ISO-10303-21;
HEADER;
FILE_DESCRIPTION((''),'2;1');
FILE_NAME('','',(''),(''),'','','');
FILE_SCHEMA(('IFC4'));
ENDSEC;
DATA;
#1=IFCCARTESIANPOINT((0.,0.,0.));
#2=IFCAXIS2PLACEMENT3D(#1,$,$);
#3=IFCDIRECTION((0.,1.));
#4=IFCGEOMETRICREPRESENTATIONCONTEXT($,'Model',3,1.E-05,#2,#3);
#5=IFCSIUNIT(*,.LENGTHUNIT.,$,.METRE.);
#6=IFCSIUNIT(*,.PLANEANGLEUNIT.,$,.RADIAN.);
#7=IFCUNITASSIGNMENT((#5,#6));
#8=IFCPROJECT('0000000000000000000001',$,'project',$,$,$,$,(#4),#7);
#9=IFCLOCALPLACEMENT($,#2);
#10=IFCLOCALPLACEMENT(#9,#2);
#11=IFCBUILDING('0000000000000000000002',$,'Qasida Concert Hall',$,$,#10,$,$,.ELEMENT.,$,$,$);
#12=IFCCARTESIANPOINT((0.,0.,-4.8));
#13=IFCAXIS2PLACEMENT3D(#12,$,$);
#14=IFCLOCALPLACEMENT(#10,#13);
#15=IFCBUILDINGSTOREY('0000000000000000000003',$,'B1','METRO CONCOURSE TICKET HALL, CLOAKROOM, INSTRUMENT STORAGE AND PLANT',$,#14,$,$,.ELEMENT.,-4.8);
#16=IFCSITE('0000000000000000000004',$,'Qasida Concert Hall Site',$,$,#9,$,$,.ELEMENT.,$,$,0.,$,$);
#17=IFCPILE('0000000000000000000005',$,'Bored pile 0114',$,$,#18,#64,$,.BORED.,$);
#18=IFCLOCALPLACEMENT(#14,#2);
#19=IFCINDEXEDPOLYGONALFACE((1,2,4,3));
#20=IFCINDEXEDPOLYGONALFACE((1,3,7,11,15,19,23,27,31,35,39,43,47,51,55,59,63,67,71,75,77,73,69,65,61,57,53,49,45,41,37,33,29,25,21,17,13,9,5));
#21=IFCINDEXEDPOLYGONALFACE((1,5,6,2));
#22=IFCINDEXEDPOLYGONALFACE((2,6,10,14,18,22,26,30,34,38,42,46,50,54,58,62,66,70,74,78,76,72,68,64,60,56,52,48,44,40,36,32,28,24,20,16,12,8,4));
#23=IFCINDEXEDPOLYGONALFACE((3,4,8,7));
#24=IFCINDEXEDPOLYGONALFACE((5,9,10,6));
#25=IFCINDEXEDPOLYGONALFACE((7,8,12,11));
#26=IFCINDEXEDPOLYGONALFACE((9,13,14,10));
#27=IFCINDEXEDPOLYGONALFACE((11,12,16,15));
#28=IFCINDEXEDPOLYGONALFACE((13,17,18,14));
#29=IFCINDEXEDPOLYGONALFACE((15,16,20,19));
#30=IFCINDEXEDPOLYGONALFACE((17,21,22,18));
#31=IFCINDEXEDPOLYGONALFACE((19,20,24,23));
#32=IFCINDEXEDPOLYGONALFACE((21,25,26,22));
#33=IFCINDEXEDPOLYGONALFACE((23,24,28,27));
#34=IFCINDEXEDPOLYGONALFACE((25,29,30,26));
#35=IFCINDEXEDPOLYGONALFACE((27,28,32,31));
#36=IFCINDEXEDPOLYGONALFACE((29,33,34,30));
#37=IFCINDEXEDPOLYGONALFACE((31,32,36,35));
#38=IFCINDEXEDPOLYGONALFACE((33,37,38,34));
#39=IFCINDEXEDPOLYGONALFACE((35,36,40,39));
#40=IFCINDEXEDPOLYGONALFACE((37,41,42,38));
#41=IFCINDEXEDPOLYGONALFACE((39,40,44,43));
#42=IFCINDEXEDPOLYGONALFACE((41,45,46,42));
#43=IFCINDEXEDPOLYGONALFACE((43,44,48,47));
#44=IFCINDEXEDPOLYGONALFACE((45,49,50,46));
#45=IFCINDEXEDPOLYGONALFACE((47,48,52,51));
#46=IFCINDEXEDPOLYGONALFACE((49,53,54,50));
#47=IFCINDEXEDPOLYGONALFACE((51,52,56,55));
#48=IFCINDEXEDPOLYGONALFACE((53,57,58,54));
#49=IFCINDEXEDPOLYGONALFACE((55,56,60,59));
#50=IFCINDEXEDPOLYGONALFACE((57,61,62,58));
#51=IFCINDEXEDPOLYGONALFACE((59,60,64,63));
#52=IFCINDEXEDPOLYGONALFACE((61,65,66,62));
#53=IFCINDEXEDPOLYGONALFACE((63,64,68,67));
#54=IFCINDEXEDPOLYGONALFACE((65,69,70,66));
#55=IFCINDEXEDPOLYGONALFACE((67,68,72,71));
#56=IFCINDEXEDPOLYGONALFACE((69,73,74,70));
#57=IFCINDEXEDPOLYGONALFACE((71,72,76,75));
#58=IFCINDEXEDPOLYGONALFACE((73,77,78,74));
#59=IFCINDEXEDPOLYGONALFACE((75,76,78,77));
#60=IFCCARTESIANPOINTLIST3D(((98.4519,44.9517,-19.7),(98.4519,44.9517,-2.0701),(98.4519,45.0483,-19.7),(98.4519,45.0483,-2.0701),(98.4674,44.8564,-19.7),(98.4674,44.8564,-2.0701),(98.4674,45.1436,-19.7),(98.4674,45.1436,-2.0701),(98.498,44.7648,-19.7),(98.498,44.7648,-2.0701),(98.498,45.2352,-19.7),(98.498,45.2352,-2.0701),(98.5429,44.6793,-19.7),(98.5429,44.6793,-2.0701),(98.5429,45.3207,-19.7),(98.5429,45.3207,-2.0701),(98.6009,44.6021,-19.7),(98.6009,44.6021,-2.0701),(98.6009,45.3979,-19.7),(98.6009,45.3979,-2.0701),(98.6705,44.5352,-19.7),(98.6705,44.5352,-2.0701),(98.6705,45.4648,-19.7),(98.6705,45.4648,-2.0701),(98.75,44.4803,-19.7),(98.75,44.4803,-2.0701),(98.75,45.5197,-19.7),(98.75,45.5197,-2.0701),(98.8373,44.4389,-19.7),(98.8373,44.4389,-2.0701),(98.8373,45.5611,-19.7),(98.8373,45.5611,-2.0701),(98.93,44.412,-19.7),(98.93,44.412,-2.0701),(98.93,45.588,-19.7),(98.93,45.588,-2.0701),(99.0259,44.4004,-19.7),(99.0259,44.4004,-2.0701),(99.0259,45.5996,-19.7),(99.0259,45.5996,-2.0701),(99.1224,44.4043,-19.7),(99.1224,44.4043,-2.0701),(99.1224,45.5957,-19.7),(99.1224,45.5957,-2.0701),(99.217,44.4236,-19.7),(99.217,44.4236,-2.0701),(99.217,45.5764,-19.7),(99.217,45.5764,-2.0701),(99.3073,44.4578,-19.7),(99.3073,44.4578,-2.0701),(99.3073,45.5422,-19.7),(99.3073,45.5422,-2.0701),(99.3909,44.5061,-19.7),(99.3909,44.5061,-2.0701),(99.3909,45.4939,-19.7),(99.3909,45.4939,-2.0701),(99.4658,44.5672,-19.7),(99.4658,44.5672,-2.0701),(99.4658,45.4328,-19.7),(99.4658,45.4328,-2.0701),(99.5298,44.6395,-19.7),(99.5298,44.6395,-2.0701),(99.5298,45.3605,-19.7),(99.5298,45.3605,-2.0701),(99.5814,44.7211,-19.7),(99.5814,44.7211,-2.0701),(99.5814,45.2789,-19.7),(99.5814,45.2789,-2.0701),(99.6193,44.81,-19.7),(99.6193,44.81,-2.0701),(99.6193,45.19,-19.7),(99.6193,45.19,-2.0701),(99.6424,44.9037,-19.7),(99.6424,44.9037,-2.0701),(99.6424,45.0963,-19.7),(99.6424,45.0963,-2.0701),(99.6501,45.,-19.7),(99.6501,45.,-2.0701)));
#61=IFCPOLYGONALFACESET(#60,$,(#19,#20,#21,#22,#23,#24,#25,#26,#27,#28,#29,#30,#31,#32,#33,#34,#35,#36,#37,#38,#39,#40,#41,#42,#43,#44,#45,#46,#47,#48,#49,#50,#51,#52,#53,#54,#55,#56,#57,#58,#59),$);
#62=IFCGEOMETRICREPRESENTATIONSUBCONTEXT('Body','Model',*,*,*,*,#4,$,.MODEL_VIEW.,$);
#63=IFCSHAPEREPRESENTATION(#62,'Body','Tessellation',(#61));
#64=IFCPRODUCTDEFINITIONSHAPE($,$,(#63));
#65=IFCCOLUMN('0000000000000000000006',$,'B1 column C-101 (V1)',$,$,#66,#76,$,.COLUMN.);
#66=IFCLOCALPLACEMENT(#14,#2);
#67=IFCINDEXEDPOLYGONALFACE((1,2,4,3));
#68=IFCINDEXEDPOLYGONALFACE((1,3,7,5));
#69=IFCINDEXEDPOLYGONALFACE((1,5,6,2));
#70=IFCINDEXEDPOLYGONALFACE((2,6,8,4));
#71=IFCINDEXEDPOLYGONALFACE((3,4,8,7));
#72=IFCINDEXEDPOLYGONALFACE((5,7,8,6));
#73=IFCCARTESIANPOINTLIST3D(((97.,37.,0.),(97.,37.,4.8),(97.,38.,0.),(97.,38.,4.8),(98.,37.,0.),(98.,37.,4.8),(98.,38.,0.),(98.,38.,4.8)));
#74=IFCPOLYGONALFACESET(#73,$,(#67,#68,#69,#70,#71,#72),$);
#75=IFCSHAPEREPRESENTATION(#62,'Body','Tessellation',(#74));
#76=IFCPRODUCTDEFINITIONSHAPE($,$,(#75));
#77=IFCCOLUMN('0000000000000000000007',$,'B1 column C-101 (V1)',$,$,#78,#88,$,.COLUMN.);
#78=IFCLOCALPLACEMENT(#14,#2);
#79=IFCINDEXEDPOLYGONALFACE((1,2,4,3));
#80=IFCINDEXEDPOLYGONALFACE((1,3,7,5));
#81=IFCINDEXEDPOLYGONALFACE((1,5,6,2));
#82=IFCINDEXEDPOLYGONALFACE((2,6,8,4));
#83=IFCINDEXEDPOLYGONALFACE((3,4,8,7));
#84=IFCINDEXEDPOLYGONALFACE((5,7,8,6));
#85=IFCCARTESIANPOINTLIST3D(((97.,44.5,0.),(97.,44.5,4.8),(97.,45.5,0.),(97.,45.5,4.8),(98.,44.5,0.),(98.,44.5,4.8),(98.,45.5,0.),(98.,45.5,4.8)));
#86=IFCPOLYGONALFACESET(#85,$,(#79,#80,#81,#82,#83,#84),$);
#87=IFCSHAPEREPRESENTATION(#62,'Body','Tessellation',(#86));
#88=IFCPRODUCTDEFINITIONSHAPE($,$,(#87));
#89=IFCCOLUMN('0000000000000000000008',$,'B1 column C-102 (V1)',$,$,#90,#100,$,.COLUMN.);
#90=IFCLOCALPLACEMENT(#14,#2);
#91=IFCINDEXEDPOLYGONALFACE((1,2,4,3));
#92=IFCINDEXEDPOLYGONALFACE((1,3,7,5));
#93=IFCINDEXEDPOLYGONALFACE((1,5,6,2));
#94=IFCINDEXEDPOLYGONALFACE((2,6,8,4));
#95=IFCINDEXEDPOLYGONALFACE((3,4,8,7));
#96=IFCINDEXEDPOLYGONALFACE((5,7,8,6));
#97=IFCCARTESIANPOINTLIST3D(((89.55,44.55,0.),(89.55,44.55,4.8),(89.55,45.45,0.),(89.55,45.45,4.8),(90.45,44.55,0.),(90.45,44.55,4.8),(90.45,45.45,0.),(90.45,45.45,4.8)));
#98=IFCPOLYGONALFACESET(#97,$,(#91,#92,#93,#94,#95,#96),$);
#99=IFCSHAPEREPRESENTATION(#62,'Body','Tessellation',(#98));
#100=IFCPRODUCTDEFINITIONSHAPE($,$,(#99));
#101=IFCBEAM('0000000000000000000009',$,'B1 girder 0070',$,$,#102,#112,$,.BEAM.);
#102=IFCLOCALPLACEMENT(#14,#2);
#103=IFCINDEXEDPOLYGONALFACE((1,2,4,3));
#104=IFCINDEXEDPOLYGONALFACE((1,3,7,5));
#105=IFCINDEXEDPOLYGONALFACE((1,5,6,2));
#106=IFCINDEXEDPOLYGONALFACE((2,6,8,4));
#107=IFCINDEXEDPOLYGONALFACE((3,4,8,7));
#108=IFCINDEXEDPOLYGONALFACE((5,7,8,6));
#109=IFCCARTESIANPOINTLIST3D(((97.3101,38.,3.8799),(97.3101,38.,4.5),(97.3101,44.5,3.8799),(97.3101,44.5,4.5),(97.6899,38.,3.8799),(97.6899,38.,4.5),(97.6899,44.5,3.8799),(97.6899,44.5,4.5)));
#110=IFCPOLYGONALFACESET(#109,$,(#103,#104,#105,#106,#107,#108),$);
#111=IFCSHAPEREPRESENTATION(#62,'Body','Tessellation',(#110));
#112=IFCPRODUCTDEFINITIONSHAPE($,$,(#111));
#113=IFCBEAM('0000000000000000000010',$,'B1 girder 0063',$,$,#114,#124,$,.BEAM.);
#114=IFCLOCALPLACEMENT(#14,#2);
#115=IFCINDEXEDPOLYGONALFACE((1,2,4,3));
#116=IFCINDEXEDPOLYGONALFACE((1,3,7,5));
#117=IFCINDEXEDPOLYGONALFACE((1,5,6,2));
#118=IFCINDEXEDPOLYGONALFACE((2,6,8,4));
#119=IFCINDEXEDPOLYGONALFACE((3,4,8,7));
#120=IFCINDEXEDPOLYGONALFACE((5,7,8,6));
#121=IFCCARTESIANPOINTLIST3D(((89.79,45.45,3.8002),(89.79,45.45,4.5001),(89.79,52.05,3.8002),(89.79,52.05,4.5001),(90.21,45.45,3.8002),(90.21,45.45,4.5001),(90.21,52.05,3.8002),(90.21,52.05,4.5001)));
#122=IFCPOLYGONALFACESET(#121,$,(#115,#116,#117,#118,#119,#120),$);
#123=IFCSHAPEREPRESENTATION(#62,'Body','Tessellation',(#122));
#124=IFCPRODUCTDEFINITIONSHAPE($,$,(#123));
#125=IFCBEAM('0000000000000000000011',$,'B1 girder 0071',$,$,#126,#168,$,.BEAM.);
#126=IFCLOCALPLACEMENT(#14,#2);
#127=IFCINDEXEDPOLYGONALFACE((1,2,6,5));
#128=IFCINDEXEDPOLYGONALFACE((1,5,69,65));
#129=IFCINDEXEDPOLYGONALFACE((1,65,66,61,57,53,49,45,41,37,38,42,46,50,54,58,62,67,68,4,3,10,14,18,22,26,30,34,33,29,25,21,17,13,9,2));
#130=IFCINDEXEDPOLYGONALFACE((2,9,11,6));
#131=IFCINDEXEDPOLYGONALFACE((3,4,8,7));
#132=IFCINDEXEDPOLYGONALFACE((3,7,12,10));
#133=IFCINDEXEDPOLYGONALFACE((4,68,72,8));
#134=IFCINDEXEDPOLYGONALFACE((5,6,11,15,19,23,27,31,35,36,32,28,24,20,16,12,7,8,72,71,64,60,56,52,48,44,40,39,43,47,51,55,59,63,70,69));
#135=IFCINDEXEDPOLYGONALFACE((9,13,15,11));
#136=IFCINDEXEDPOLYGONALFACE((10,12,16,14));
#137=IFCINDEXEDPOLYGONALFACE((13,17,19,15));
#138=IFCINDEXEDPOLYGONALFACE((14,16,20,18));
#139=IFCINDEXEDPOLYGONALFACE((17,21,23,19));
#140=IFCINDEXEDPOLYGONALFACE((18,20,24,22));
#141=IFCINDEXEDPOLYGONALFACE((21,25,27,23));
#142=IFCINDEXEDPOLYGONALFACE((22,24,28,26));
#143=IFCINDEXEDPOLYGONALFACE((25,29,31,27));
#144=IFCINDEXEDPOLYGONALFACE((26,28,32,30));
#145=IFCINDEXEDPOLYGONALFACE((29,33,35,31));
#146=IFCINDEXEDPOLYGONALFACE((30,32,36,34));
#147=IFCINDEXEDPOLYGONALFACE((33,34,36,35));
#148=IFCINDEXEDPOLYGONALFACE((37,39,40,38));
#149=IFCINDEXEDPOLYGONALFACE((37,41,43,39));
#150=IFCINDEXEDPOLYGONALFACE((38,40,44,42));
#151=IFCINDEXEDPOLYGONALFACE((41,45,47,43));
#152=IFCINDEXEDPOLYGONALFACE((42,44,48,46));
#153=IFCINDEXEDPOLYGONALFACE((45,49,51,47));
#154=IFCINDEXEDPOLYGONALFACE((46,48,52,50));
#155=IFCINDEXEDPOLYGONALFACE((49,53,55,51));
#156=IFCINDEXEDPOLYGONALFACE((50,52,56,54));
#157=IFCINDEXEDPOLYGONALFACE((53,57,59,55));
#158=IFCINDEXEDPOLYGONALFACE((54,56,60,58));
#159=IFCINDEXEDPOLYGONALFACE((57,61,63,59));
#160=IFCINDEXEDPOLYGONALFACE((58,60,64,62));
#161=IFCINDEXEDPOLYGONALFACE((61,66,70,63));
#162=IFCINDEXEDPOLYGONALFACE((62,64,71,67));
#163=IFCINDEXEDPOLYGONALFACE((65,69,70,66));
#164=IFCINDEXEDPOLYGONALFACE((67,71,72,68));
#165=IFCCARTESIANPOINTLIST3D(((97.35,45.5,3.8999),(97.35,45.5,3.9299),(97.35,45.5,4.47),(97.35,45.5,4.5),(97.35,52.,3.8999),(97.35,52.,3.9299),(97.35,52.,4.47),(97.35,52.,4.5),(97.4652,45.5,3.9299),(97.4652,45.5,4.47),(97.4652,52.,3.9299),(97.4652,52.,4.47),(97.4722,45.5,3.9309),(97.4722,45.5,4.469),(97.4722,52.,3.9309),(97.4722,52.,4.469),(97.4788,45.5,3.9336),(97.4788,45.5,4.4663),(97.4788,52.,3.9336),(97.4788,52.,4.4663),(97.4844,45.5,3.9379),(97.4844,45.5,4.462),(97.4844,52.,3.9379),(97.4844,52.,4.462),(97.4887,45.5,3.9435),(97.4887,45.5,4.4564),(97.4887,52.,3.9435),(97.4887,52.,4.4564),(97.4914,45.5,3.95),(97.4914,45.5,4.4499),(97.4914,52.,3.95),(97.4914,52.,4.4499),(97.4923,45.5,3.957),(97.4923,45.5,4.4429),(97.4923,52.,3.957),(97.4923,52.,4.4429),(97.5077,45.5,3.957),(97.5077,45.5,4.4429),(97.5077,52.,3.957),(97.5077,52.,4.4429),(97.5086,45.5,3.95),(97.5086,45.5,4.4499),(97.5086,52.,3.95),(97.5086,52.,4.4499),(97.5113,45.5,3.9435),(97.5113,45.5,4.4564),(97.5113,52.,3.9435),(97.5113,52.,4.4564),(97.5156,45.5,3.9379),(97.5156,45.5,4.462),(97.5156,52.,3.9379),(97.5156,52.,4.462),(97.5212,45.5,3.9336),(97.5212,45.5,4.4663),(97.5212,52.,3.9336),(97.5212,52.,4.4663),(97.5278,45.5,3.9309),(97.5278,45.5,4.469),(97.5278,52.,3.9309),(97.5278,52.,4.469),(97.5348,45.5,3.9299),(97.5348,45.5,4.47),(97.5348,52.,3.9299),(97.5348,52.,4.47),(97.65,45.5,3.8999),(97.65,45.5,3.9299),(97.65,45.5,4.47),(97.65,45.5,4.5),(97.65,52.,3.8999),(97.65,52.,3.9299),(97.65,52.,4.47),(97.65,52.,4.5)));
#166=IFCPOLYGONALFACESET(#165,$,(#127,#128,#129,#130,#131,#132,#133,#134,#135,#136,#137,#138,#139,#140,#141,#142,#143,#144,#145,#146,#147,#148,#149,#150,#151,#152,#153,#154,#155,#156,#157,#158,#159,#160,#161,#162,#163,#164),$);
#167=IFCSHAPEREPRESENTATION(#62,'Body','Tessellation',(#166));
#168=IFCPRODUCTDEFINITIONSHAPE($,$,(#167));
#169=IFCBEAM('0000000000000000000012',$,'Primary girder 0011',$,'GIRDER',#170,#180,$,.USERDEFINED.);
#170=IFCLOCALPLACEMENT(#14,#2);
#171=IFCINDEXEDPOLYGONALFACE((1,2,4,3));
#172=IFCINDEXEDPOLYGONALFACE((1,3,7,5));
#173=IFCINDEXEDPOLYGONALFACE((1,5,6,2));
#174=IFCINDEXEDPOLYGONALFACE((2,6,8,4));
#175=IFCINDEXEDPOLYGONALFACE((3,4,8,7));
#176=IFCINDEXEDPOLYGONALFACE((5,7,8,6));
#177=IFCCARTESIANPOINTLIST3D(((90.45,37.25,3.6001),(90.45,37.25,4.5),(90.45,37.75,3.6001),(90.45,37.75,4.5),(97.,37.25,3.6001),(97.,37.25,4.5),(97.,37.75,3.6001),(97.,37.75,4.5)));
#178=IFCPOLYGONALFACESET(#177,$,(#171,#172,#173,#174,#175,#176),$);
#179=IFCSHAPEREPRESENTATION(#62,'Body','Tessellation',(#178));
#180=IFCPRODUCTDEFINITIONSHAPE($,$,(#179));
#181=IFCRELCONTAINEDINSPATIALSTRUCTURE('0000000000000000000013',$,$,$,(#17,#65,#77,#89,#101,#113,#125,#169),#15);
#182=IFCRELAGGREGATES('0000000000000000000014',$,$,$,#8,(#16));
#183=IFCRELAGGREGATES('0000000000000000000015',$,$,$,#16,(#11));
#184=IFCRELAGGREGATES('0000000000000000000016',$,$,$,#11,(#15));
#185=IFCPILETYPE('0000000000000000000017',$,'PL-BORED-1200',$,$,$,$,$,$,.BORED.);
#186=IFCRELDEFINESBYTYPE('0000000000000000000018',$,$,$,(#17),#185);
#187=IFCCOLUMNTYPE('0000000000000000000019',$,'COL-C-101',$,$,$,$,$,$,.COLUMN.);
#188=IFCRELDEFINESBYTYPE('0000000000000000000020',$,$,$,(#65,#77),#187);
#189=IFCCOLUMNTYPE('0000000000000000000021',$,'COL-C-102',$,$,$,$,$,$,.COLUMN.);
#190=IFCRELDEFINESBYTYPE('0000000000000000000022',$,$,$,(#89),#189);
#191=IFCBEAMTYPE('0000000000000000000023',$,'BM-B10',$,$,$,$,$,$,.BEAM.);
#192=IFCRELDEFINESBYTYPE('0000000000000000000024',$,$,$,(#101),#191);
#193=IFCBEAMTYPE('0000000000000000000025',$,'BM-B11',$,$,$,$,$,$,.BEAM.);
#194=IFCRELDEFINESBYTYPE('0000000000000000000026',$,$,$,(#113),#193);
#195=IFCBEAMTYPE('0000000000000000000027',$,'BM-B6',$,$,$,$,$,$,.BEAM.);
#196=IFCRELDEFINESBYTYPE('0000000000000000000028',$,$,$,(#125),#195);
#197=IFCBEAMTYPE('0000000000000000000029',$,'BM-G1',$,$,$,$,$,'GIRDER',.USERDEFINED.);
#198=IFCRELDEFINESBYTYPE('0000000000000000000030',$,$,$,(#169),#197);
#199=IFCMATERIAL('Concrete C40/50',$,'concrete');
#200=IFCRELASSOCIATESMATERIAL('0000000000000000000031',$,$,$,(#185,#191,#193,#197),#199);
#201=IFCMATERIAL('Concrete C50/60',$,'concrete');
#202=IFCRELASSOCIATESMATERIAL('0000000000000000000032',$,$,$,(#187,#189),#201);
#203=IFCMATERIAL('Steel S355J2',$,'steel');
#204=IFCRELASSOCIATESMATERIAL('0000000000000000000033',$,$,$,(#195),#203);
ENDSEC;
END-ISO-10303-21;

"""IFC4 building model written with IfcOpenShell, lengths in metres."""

from ifc_helpers import new_model, si_unit, direction, frame, origin, origin_2d, place, context, subcontext, project, spatial, rectangle, circle, i_section, extrude, material, material_profile, profile_set, type_object, element, save


model = new_model("IFC4")

# Units and contexts
model_context = context("Model", 3, precision=1e-05, world=origin(), true_north=direction((0.0, 1.0)))
body_context = subcontext(model_context, "Body", "Model", "MODEL_VIEW")
ifc_project = project(units=[si_unit("LENGTHUNIT", "METRE"), si_unit("PLANEANGLEUNIT", "RADIAN")], contexts=[model_context])

# Site, building, storey
site_placement = place(None, origin())
site = spatial("IfcSite", under=ifc_project, at=site_placement, Name="Qasida Concert Hall Site", CompositionType="ELEMENT", RefElevation=0.0)
building_placement = place(site_placement, origin())
building = spatial("IfcBuilding", under=site, at=building_placement, Name="Qasida Concert Hall", CompositionType="ELEMENT")
storey_placement = place(building_placement, frame((0.0, 0.0, -4.8)))
storey = spatial("IfcBuildingStorey", under=building, at=storey_placement, Name="B1", Description="METRO CONCOURSE TICKET HALL, CLOAKROOM, INSTRUMENT STORAGE AND PLANT", CompositionType="ELEMENT", Elevation=-4.8)

# Shared definitions
ifc_material_1 = material(Name="Concrete C40/50", Category="concrete")

# Pile
ifc_material_profile_1 = material_profile(ifc_material_1, circle(Radius=0.6001, at=origin_2d()), Name="BORED PILE D1200")
ifc_profile_set_1 = profile_set([ifc_material_profile_1], Name="Concrete C40/50")
pile_type_1 = type_object("IfcPileType", Name="PL-BORED-1200", PredefinedType="BORED", material=ifc_profile_set_1)
for number, where, z_axis, x_axis, name in (
    (1, (99.05, 45.0, -2.0701), (0.0, 0.0, -1.0), (1.0, 0.0, 0.0), "Bored pile 0114"),
):
    element("IfcPile", number, at=place(storey_placement, frame(where, z_axis=z_axis, x_axis=x_axis)), inside=storey, type_object=pile_type_1, Name=name, PredefinedType="BORED", context=body_context, shape_type="SweptSolid", body=[
        extrude(circle(Radius=0.6001, at=origin_2d()), origin(), (0.0, 0.0, 1.0), 17.6299),
    ])

# Columns
ifc_material_2 = material(Name="Concrete C50/60", Category="concrete")
ifc_material_profile_2 = material_profile(ifc_material_2, rectangle(XDim=1.0, YDim=1.0, at=origin_2d()), Name="RC 1000x1000")
ifc_profile_set_2 = profile_set([ifc_material_profile_2], Name="Concrete C50/60")
column_type_1 = type_object("IfcColumnType", Name="COL-C-101", PredefinedType="COLUMN", material=ifc_profile_set_2)
for number, where, z_axis, x_axis, name in (
    (2, (97.5, 37.5, 0.0), (0.0, 0.0, 1.0), (1.0, 0.0, 0.0), "B1 column C-101 (V1)"),
    (3, (97.5, 45.0, 0.0), (0.0, 0.0, 1.0), (1.0, 0.0, 0.0), "B1 column C-101 (V1)"),
):
    element("IfcColumn", number, at=place(storey_placement, frame(where, z_axis=z_axis, x_axis=x_axis)), inside=storey, type_object=column_type_1, Name=name, PredefinedType="COLUMN", context=body_context, shape_type="SweptSolid", body=[
        extrude(rectangle(XDim=1.0, YDim=1.0, at=origin_2d()), origin(), (0.0, 0.0, 1.0), 4.8),
    ])
ifc_material_profile_3 = material_profile(ifc_material_2, rectangle(XDim=0.8999, YDim=0.8999, at=origin_2d()), Name="RC 900x900")
ifc_profile_set_3 = profile_set([ifc_material_profile_3], Name="Concrete C50/60")
column_type_2 = type_object("IfcColumnType", Name="COL-C-102", PredefinedType="COLUMN", material=ifc_profile_set_3)
column_placement = place(storey_placement, frame((90.0, 45.0, 0.0), z_axis=(0.0, 0.0, 1.0), x_axis=(1.0, 0.0, 0.0)))
element("IfcColumn", 4, at=column_placement, inside=storey, type_object=column_type_2, Name="B1 column C-102 (V1)", PredefinedType="COLUMN", context=body_context, shape_type="SweptSolid", body=[
    extrude(rectangle(XDim=0.8999, YDim=0.8999, at=origin_2d()), origin(), (0.0, 0.0, 1.0), 4.8),
])

# Beams
ifc_material_profile_4 = material_profile(ifc_material_1, rectangle(XDim=0.3799, YDim=0.6201, at=origin_2d()), Name="RC 380x620")
ifc_profile_set_4 = profile_set([ifc_material_profile_4], Name="Concrete C40/50")
beam_type_1 = type_object("IfcBeamType", Name="BM-B10", PredefinedType="BEAM", material=ifc_profile_set_4)
beam_1_placement = place(storey_placement, frame((97.5, 38.0, 4.1899), z_axis=(0.0, 1.0, 0.0), x_axis=(-1.0, 0.0, 0.0)))
element("IfcBeam", 5, at=beam_1_placement, inside=storey, type_object=beam_type_1, Name="B1 girder 0070", PredefinedType="BEAM", context=body_context, shape_type="SweptSolid", body=[
    extrude(rectangle(XDim=0.3799, YDim=0.6201, at=origin_2d()), origin(), (0.0, 0.0, 1.0), 6.5),
])
ifc_material_profile_5 = material_profile(ifc_material_1, rectangle(XDim=0.4199, YDim=0.7, at=origin_2d()), Name="RC 420x700")
ifc_profile_set_5 = profile_set([ifc_material_profile_5], Name="Concrete C40/50")
beam_type_2 = type_object("IfcBeamType", Name="BM-B11", PredefinedType="BEAM", material=ifc_profile_set_5)
beam_2_placement = place(storey_placement, frame((90.0, 45.45, 4.1501), z_axis=(0.0, 1.0, 0.0), x_axis=(-1.0, 0.0, 0.0)))
element("IfcBeam", 6, at=beam_2_placement, inside=storey, type_object=beam_type_2, Name="B1 girder 0063", PredefinedType="BEAM", context=body_context, shape_type="SweptSolid", body=[
    extrude(rectangle(XDim=0.4199, YDim=0.7, at=origin_2d()), origin(), (0.0, 0.0, 1.0), 6.6001),
])
ifc_material_3 = material(Name="Steel S355J2", Category="steel")
ifc_material_profile_6 = material_profile(ifc_material_3, i_section(OverallWidth=0.3, OverallDepth=0.6001, WebThickness=0.0154, FlangeThickness=0.03, FilletRadius=0.0271, at=origin_2d()), Name="HEB 600")
ifc_profile_set_6 = profile_set([ifc_material_profile_6], Name="Steel S355J2")
beam_type_3 = type_object("IfcBeamType", Name="BM-B6", PredefinedType="BEAM", material=ifc_profile_set_6)
beam_3_placement = place(storey_placement, frame((97.5, 45.5, 4.2), z_axis=(0.0, 1.0, 0.0), x_axis=(-1.0, 0.0, 0.0)))
element("IfcBeam", 7, at=beam_3_placement, inside=storey, type_object=beam_type_3, Name="B1 girder 0071", PredefinedType="BEAM", context=body_context, shape_type="SweptSolid", body=[
    extrude(i_section(OverallWidth=0.3, OverallDepth=0.6001, WebThickness=0.0154, FlangeThickness=0.03, FilletRadius=0.0271, at=origin_2d()), origin(), (0.0, 0.0, 1.0), 6.5),
])
ifc_material_profile_7 = material_profile(ifc_material_1, rectangle(XDim=0.5, YDim=0.8999, at=origin_2d()), Name="RC 500x900")
ifc_profile_set_7 = profile_set([ifc_material_profile_7], Name="Concrete C40/50")
beam_type_4 = type_object("IfcBeamType", Name="BM-G1", ElementType="GIRDER", PredefinedType="USERDEFINED", material=ifc_profile_set_7)
for number, where, z_axis, x_axis, name in (
    (8, (90.45, 37.5, 4.05), (1.0, 0.0, 0.0), (0.0, 1.0, 0.0), "Primary girder 0011"),
):
    element("IfcBeam", number, at=place(storey_placement, frame(where, z_axis=z_axis, x_axis=x_axis)), inside=storey, type_object=beam_type_4, Name=name, ObjectType="GIRDER", PredefinedType="USERDEFINED", context=body_context, shape_type="SweptSolid", body=[
        extrude(rectangle(XDim=0.5, YDim=0.8999, at=origin_2d()), origin(), (0.0, 0.0, 1.0), 6.55),
    ])

save(model, "model.ifc")
